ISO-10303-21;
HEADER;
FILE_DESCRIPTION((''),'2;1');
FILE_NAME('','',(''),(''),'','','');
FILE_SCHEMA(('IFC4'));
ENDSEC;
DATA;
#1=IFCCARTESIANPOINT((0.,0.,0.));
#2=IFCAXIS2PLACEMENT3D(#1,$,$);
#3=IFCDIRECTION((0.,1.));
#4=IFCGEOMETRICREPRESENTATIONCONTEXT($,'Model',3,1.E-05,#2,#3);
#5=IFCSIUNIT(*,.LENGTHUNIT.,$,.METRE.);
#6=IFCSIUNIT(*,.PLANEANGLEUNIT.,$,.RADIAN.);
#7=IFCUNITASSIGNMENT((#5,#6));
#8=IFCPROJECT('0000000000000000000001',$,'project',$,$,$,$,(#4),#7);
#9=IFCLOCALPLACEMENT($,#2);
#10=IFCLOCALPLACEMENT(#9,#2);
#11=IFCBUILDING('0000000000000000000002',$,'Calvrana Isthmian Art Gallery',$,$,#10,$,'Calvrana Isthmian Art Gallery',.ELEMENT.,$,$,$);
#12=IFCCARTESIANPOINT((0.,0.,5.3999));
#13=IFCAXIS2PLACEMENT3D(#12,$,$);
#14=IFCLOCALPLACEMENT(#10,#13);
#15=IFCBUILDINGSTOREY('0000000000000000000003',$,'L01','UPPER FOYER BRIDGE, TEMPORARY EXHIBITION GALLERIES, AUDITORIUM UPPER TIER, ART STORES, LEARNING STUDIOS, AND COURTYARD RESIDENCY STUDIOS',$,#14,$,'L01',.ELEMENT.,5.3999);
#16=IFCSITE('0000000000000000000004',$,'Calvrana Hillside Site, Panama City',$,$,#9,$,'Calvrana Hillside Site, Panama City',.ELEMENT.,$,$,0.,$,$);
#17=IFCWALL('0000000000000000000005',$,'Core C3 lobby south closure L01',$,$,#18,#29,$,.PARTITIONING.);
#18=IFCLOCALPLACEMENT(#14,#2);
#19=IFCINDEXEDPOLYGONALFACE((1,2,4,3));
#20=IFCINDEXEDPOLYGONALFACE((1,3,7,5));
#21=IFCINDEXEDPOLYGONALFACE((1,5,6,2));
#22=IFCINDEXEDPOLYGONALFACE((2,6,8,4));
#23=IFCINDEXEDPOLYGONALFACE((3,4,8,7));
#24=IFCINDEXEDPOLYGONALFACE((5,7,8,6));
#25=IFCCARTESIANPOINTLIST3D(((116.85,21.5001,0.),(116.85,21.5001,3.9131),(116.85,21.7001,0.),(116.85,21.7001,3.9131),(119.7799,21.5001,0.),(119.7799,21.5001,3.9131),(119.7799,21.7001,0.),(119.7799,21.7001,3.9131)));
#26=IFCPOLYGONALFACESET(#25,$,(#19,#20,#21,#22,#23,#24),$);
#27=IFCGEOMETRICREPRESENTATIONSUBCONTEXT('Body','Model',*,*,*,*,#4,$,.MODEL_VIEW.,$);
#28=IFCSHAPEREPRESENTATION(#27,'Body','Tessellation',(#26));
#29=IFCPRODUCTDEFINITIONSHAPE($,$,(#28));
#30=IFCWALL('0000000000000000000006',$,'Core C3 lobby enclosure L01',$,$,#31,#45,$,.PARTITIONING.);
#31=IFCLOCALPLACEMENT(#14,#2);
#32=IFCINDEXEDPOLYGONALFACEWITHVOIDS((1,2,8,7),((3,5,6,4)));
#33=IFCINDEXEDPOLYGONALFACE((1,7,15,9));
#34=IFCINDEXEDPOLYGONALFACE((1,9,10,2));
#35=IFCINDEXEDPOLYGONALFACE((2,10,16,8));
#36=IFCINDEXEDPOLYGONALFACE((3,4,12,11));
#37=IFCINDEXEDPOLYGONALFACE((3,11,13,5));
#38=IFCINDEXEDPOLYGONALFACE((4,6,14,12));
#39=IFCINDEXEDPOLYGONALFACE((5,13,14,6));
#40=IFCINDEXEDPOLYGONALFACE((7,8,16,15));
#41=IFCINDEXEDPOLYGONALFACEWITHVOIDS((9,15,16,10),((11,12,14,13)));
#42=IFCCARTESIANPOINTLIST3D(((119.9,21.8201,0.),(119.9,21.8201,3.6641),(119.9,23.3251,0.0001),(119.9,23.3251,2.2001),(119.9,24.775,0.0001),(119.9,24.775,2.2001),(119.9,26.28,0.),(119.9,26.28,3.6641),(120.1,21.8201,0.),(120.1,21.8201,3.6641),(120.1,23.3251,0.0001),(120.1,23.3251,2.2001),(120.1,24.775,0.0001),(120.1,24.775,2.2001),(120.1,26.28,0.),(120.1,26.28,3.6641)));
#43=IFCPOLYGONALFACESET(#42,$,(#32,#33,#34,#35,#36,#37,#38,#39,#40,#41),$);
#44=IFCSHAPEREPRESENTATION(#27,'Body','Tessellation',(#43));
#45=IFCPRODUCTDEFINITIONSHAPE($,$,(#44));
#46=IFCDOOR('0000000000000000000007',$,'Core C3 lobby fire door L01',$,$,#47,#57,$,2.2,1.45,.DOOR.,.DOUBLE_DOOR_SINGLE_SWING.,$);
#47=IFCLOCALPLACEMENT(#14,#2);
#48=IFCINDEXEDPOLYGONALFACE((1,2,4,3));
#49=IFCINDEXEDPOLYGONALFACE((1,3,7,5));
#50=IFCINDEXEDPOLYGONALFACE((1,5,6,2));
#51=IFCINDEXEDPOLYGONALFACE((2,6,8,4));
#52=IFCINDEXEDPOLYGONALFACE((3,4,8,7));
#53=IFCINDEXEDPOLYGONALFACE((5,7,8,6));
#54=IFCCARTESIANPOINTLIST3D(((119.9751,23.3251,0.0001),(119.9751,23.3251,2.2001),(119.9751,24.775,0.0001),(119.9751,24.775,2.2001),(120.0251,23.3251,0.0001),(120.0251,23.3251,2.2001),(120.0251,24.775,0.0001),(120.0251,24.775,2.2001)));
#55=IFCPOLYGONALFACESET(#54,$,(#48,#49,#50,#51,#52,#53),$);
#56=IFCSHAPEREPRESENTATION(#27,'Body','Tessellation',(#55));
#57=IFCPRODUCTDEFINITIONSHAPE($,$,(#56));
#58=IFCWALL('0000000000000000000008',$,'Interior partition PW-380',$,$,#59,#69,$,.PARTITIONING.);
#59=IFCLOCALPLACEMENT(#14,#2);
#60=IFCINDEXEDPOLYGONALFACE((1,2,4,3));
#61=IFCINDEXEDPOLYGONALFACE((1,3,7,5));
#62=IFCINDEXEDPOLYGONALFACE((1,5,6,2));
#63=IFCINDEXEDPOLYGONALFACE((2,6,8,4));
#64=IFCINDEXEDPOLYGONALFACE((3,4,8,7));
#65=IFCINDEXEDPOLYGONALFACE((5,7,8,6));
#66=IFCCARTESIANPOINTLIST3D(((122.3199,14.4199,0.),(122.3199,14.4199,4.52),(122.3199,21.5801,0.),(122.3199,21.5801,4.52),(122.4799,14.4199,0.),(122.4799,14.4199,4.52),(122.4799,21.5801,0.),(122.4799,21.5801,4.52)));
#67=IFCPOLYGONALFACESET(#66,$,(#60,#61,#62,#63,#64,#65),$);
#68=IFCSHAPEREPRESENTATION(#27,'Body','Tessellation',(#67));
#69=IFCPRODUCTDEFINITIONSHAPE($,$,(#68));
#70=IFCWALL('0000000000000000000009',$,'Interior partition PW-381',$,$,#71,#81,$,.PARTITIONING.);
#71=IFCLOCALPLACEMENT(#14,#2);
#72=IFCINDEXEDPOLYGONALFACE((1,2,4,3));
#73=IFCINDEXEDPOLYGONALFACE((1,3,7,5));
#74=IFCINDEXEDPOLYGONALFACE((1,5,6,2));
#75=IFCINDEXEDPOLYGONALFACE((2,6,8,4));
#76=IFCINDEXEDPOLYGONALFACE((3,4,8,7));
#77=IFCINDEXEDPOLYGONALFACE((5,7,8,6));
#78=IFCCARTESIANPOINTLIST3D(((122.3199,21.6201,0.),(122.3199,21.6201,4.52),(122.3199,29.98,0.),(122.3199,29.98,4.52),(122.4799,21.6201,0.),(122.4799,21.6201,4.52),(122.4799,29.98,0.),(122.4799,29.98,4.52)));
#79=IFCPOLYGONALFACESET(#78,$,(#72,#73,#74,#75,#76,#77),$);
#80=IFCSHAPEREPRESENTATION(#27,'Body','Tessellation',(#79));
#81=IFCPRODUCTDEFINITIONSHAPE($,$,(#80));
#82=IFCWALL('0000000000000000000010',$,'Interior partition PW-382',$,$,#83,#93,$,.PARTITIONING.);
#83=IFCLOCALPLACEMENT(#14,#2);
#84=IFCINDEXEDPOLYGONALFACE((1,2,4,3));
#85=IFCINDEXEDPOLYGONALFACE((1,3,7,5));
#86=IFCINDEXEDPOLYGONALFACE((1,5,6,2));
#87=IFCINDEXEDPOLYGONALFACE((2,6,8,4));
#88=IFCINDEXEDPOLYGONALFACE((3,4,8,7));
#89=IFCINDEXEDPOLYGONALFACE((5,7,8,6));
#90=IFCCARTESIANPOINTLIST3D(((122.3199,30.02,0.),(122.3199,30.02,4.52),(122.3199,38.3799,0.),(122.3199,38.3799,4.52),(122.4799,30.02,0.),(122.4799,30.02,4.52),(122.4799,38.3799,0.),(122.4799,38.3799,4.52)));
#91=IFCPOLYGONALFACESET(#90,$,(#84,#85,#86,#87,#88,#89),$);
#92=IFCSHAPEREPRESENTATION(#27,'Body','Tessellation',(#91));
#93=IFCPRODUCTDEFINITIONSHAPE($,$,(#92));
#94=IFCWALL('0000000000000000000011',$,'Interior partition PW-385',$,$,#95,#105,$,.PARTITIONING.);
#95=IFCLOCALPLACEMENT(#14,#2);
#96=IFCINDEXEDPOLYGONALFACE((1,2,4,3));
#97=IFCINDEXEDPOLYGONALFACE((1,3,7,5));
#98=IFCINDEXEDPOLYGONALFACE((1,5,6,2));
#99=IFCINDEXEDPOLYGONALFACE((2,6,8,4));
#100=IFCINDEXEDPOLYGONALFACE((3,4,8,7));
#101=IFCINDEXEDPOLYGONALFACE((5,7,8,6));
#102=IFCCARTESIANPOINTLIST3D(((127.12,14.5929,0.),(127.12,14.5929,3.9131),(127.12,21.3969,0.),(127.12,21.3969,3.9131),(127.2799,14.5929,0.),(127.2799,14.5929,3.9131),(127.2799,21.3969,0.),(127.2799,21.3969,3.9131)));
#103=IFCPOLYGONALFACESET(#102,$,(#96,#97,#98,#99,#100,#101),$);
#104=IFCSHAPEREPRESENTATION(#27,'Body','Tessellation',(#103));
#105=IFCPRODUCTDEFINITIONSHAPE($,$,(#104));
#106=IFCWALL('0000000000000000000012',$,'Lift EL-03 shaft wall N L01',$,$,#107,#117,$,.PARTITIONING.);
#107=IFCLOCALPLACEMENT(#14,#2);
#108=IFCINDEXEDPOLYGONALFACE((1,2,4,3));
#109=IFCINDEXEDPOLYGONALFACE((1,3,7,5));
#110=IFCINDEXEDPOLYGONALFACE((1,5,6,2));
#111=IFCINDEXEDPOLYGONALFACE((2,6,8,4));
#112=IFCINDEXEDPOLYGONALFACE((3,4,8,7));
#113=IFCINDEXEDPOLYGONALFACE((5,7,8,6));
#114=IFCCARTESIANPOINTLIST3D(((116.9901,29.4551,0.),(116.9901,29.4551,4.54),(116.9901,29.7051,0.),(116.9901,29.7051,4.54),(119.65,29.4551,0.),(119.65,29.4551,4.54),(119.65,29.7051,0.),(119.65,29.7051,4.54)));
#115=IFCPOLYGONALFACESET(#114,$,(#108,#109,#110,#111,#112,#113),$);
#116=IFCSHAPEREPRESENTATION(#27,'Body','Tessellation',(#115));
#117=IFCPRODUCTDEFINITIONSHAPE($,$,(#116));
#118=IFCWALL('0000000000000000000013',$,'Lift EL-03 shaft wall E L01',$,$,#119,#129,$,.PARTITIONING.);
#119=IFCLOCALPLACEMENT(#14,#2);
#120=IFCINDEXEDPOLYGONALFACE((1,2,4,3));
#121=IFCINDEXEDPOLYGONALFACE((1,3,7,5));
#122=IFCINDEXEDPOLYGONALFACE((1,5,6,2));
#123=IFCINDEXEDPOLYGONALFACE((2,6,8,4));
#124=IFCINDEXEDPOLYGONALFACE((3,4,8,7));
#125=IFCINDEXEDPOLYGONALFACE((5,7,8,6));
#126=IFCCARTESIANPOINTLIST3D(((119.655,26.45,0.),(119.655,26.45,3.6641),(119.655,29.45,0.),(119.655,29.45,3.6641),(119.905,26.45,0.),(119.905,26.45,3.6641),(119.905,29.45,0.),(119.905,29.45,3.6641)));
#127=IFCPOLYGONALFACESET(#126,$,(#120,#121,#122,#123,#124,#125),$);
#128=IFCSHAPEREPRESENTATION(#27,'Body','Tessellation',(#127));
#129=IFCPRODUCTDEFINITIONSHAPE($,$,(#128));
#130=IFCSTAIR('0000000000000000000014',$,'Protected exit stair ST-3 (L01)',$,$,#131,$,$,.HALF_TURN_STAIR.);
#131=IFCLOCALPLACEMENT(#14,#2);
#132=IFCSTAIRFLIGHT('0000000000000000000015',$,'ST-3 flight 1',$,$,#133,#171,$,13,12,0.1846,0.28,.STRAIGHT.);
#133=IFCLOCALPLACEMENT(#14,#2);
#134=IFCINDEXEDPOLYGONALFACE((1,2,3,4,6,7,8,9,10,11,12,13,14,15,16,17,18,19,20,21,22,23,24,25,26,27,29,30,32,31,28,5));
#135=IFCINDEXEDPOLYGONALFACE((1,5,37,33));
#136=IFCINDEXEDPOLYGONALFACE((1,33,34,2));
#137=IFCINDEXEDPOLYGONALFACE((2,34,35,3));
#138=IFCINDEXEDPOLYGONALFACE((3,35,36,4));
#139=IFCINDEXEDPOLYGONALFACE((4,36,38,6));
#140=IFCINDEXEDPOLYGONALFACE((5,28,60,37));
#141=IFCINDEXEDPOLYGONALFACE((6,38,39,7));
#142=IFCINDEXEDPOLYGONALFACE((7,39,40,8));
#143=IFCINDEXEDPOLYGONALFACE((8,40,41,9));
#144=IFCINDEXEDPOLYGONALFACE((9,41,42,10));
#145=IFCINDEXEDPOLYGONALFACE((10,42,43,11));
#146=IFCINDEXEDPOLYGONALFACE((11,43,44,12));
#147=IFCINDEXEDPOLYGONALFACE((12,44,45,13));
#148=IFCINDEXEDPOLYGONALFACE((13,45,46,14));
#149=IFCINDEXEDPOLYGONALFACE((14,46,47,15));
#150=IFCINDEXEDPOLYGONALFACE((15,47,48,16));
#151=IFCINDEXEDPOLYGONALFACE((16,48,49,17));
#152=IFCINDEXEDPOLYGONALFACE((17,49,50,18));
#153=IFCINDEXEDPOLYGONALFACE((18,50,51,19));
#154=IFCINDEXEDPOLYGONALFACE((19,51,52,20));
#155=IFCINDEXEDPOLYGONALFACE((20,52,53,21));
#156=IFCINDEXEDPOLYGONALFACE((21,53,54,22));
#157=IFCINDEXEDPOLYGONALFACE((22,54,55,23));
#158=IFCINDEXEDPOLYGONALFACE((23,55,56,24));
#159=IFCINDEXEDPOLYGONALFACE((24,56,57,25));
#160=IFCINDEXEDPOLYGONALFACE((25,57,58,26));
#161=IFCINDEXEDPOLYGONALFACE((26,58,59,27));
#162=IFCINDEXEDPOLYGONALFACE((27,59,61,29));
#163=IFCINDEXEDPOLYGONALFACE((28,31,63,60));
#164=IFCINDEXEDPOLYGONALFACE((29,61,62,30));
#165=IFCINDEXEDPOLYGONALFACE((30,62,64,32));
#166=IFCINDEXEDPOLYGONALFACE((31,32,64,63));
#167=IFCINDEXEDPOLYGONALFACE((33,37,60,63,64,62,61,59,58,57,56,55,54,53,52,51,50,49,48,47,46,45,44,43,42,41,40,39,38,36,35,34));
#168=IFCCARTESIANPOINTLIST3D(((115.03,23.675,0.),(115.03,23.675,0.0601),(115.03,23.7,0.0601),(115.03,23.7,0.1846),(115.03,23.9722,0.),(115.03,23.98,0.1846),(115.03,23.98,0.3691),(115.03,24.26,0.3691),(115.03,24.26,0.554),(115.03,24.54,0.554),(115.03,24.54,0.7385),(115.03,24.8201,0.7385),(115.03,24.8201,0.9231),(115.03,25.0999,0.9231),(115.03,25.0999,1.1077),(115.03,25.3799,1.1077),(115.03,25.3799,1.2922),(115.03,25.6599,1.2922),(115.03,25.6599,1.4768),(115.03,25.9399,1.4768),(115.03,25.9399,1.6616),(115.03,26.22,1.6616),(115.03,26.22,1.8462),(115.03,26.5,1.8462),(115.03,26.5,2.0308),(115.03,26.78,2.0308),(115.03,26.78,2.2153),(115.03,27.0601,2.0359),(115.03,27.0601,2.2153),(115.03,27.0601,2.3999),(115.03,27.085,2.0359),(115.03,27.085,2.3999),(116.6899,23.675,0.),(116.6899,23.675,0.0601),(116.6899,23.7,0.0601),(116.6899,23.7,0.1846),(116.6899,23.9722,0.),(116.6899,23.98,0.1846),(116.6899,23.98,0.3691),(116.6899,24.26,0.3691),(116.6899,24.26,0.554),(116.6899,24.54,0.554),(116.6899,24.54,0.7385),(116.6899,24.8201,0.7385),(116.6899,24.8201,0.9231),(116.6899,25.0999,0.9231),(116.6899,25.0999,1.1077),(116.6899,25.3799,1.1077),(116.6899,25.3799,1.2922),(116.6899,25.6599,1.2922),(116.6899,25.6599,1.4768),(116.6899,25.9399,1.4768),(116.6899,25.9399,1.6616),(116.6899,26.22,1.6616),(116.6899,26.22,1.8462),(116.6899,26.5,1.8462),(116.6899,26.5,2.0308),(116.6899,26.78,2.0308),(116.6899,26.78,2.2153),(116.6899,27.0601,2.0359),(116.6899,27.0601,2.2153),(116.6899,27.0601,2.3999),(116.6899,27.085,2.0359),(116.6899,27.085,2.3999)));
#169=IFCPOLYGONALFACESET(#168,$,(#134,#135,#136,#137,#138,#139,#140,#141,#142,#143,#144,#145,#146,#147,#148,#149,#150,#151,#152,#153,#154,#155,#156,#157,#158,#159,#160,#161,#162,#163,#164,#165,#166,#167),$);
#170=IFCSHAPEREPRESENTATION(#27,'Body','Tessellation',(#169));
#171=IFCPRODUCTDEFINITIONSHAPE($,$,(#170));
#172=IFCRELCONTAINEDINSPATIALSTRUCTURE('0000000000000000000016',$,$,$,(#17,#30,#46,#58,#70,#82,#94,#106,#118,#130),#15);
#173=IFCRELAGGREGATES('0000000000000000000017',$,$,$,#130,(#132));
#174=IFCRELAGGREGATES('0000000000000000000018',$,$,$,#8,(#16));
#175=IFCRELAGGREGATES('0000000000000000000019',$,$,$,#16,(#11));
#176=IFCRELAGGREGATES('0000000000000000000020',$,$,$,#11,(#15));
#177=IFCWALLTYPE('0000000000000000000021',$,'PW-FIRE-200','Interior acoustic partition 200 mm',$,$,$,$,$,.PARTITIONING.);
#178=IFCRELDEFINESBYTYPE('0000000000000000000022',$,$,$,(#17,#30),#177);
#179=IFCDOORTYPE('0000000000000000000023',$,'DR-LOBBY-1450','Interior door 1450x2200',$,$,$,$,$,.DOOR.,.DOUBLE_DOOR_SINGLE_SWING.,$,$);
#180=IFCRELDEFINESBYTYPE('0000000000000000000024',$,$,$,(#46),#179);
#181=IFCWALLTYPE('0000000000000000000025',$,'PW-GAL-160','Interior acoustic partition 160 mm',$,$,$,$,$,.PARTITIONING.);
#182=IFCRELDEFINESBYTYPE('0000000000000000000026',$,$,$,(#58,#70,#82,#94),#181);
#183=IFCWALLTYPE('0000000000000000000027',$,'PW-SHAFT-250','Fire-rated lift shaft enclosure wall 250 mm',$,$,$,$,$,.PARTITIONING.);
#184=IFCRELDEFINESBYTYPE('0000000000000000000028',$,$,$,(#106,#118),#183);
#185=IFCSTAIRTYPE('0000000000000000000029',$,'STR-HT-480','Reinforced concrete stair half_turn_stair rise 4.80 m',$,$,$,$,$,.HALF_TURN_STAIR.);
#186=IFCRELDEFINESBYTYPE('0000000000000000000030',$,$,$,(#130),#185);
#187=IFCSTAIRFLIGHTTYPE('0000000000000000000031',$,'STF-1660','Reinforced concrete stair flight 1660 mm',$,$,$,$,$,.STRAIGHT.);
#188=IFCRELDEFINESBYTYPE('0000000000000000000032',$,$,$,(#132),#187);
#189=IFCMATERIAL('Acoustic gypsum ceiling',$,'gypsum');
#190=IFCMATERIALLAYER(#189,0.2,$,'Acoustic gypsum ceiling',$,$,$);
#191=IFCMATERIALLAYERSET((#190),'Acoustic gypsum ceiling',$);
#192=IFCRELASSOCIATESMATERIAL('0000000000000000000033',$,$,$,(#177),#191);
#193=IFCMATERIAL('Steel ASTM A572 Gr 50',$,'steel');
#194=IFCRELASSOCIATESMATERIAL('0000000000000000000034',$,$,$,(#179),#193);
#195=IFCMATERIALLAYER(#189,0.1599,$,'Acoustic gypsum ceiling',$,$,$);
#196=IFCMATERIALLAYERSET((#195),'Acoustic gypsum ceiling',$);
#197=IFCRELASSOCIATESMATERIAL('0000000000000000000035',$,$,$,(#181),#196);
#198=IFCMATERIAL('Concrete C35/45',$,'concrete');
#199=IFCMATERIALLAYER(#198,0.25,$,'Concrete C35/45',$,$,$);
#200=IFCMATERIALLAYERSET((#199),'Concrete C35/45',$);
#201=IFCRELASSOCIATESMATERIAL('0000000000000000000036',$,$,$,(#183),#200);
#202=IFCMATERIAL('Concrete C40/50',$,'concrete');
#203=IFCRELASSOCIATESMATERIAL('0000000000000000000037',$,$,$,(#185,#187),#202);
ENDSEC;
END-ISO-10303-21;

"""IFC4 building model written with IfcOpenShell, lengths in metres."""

from ifc_helpers import new_model, si_unit, direction, frame, frame_2d, origin, place, context, subcontext, project, spatial, polyline, rectangle, outline, extrude, material, layer, layer_set, type_object, element, fill, aggregate, save


model = new_model("IFC4")

# Units and contexts
model_context = context("Model", 3, precision=1e-05, world=origin(), true_north=direction((0.0, 1.0)))
body_context = subcontext(model_context, "Body", "Model", "MODEL_VIEW")
ifc_project = project(units=[si_unit("LENGTHUNIT", "METRE"), si_unit("PLANEANGLEUNIT", "RADIAN")], contexts=[model_context])

# Site, building, storey
site_placement = place(None, origin())
site = spatial("IfcSite", under=ifc_project, at=site_placement, Name="Calvrana Hillside Site, Panama City", LongName="Calvrana Hillside Site, Panama City", CompositionType="ELEMENT", RefElevation=0.0)
building_placement = place(site_placement, origin())
building = spatial("IfcBuilding", under=site, at=building_placement, Name="Calvrana Isthmian Art Gallery", LongName="Calvrana Isthmian Art Gallery", CompositionType="ELEMENT")
storey_placement = place(building_placement, frame((0.0, 0.0, 5.3999)))
storey = spatial("IfcBuildingStorey", under=building, at=storey_placement, Name="L01", Description="UPPER FOYER BRIDGE, TEMPORARY EXHIBITION GALLERIES, AUDITORIUM UPPER TIER, ART STORES, LEARNING STUDIOS, AND COURTYARD RESIDENCY STUDIOS", LongName="L01", CompositionType="ELEMENT", Elevation=5.3999)

# Shared definitions
ifc_material_1 = material(Name="Concrete C40/50", Category="concrete")
ifc_material_2 = material(Name="Steel ASTM A572 Gr 50", Category="steel")

# Wall
ifc_material_3 = material(Name="Acoustic gypsum ceiling", Category="gypsum")
ifc_layer_1 = layer(ifc_material_3, 0.2, Name="Acoustic gypsum ceiling")
ifc_layer_set_1 = layer_set([ifc_layer_1], Name="Acoustic gypsum ceiling")
wall_type_1 = type_object("IfcWallType", Name="PW-FIRE-200", Description="Interior acoustic partition 200 mm", PredefinedType="PARTITIONING", material=ifc_layer_set_1)
wall_1_placement = place(storey_placement, frame((116.8501, 21.6001, 0.0), z_axis=(0.0, 0.0, 1.0), x_axis=(1.0, 0.0, 0.0)))
element("IfcWall", 1, at=wall_1_placement, inside=storey, type_object=wall_type_1, Name="Core C3 lobby south closure L01", PredefinedType="PARTITIONING", context=body_context, shape_type="SweptSolid", body=[
    extrude(rectangle(XDim=2.9299, YDim=0.2, at=frame_2d((1.4648, 0.0))), origin(), (0.0, 0.0, 1.0), 3.9131),
])

# Wall, opening, door
wall_2_placement = place(storey_placement, frame((120.0, 21.8201, 0.0), z_axis=(0.0, 0.0, 1.0), x_axis=(0.0, 1.0, 0.0)))
wall_2 = element("IfcWall", 2, at=wall_2_placement, inside=storey, type_object=wall_type_1, Name="Core C3 lobby enclosure L01", PredefinedType="PARTITIONING", context=body_context, shape_type="SweptSolid", body=[
    extrude(rectangle(XDim=4.46, YDim=0.2, at=frame_2d((2.23, 0.0))), origin(), (0.0, 0.0, 1.0), 3.6641),
])
opening_1_placement = place(wall_2_placement, frame((1.5049, 0.0, 0.0)))
opening_1 = element("IfcOpeningElement", 3, at=opening_1_placement, cuts=wall_2, PredefinedType="OPENING", context=body_context, shape_type="SweptSolid", body=[
    extrude(rectangle(XDim=1.45, YDim=2.2, at=frame_2d((0.7251, 1.1001))), frame((0.0, 0.1104, 0.0), z_axis=(0.0, -1.0, 0.0), x_axis=(1.0, 0.0, 0.0)), (0.0, 0.0, 1.0), 0.2205),
])
door_type_1 = type_object("IfcDoorType", Name="DR-LOBBY-1450", Description="Interior door 1450x2200", OperationType="DOUBLE_DOOR_SINGLE_SWING", PredefinedType="DOOR", material=ifc_material_2)
door_1_placement = place(opening_1_placement, origin())
door_1 = element("IfcDoor", 4, at=door_1_placement, inside=storey, type_object=door_type_1, Name="Core C3 lobby fire door L01", OperationType="DOUBLE_DOOR_SINGLE_SWING", OverallHeight=2.2, OverallWidth=1.45, PredefinedType="DOOR", context=body_context, shape_type="SweptSolid", body=[
    extrude(rectangle(XDim=1.45, YDim=2.2, at=frame_2d((0.7251, 1.1001))), frame((0.0, 0.0249, 0.0), z_axis=(0.0, -1.0, 0.0), x_axis=(1.0, 0.0, 0.0)), (0.0, 0.0, 1.0), 0.05),
])
fill(opening_1, door_1)

# Walls
ifc_layer_2 = layer(ifc_material_3, 0.1599, Name="Acoustic gypsum ceiling")
ifc_layer_set_2 = layer_set([ifc_layer_2], Name="Acoustic gypsum ceiling")
wall_type_2 = type_object("IfcWallType", Name="PW-GAL-160", Description="Interior acoustic partition 160 mm", PredefinedType="PARTITIONING", material=ifc_layer_set_2)
wall_3_placement = place(storey_placement, frame((122.3999, 14.4199, 0.0), z_axis=(0.0, 0.0, 1.0), x_axis=(0.0, 1.0, 0.0)))
element("IfcWall", 5, at=wall_3_placement, inside=storey, type_object=wall_type_2, Name="Interior partition PW-380", PredefinedType="PARTITIONING", context=body_context, shape_type="SweptSolid", body=[
    extrude(rectangle(XDim=7.1602, YDim=0.1599, at=frame_2d((3.5801, 0.0))), origin(), (0.0, 0.0, 1.0), 4.52),
])
for number, where, z_axis, x_axis, name in (
    (6, (122.3999, 21.6201, 0.0), (0.0, 0.0, 1.0), (0.0, 1.0, 0.0), "Interior partition PW-381"),
    (7, (122.3999, 30.02, 0.0), (0.0, 0.0, 1.0), (0.0, 1.0, 0.0), "Interior partition PW-382"),
):
    element("IfcWall", number, at=place(storey_placement, frame(where, z_axis=z_axis, x_axis=x_axis)), inside=storey, type_object=wall_type_2, Name=name, PredefinedType="PARTITIONING", context=body_context, shape_type="SweptSolid", body=[
        extrude(rectangle(XDim=8.3599, YDim=0.1599, at=frame_2d((4.1799, 0.0))), origin(), (0.0, 0.0, 1.0), 4.52),
    ])
wall_4_placement = place(storey_placement, frame((127.2, 14.593, 0.0), z_axis=(0.0, 0.0, 1.0), x_axis=(0.0, 1.0, 0.0)))
element("IfcWall", 8, at=wall_4_placement, inside=storey, type_object=wall_type_2, Name="Interior partition PW-385", PredefinedType="PARTITIONING", context=body_context, shape_type="SweptSolid", body=[
    extrude(rectangle(XDim=6.804, YDim=0.1599, at=frame_2d((3.4019, 0.0))), origin(), (0.0, 0.0, 1.0), 3.9131),
])
ifc_material_4 = material(Name="Concrete C35/45", Category="concrete")
ifc_layer_3 = layer(ifc_material_4, 0.25, Name="Concrete C35/45")
ifc_layer_set_3 = layer_set([ifc_layer_3], Name="Concrete C35/45")
wall_type_3 = type_object("IfcWallType", Name="PW-SHAFT-250", Description="Fire-rated lift shaft enclosure wall 250 mm", PredefinedType="PARTITIONING", material=ifc_layer_set_3)
wall_5_placement = place(storey_placement, frame((116.99, 29.5801, 0.0), z_axis=(0.0, 0.0, 1.0), x_axis=(1.0, 0.0, 0.0)))
element("IfcWall", 9, at=wall_5_placement, inside=storey, type_object=wall_type_3, Name="Lift EL-03 shaft wall N L01", PredefinedType="PARTITIONING", context=body_context, shape_type="SweptSolid", body=[
    extrude(rectangle(XDim=2.6599, YDim=0.25, at=frame_2d((1.3301, 0.0))), origin(), (0.0, 0.0, 1.0), 4.54),
])
wall_6_placement = place(storey_placement, frame((119.78, 26.45, 0.0), z_axis=(0.0, 0.0, 1.0), x_axis=(0.0, 1.0, 0.0)))
element("IfcWall", 10, at=wall_6_placement, inside=storey, type_object=wall_type_3, Name="Lift EL-03 shaft wall E L01", PredefinedType="PARTITIONING", context=body_context, shape_type="SweptSolid", body=[
    extrude(rectangle(XDim=3.0, YDim=0.25, at=frame_2d((1.5, 0.0))), origin(), (0.0, 0.0, 1.0), 3.6641),
])

# Stair, stair flight
stair_type = type_object("IfcStairType", Name="STR-HT-480", Description="Reinforced concrete stair half_turn_stair rise 4.80 m", PredefinedType="HALF_TURN_STAIR", material=ifc_material_1)
stair_placement = place(storey_placement, origin())
stair = element("IfcStair", 11, at=stair_placement, inside=storey, type_object=stair_type, Name="Protected exit stair ST-3 (L01)", PredefinedType="HALF_TURN_STAIR")
stair_flight_type = type_object("IfcStairFlightType", Name="STF-1660", Description="Reinforced concrete stair flight 1660 mm", PredefinedType="STRAIGHT", material=ifc_material_1)
stair_flight_placement = place(storey_placement, frame((115.8601, 23.7, 0.0), z_axis=(0.0, 0.0, 1.0), x_axis=(0.0, 1.0, 0.0)))
stair_flight = element("IfcStairFlight", 12, at=stair_flight_placement, type_object=stair_flight_type, Name="ST-3 flight 1", NumberOfRisers=13, NumberOfTreads=12, PredefinedType="STRAIGHT", RiserHeight=0.1846, TreadLength=0.28, context=body_context, shape_type="SweptSolid", body=[
    extrude(outline(polyline([(-0.0249, 0.0), (-0.0249, 0.0601), (0.0, 0.0601), (0.0, 0.1846), (0.28, 0.1846), (0.28, 0.3691), (0.5601, 0.3691), (0.5601, 0.554), (0.8401, 0.554), (0.8401, 0.7385), (1.1201, 0.7385), (1.1201, 0.9231), (1.3999, 0.9231), (1.3999, 1.1077), (1.6799, 1.1077), (1.6799, 1.2922), (1.96, 1.2922), (1.96, 1.4768), (2.24, 1.4768), (2.24, 1.6616), (2.52, 1.6616), (2.52, 1.8462), (2.8, 1.8462), (2.8, 2.0308), (3.0801, 2.0308), (3.0801, 2.2153), (3.3601, 2.2153), (3.3601, 2.3999), (3.385, 2.3999), (3.385, 2.0359), (3.3601, 2.0359), (0.2722, 0.0), (-0.0249, 0.0)])), frame((0.0, 0.8301, 0.0), z_axis=(0.0, -1.0, 0.0), x_axis=(1.0, 0.0, 0.0)), (0.0, 0.0, 1.0), 1.6599),
])
aggregate(stair, [stair_flight])

save(model, "model.ifc")
